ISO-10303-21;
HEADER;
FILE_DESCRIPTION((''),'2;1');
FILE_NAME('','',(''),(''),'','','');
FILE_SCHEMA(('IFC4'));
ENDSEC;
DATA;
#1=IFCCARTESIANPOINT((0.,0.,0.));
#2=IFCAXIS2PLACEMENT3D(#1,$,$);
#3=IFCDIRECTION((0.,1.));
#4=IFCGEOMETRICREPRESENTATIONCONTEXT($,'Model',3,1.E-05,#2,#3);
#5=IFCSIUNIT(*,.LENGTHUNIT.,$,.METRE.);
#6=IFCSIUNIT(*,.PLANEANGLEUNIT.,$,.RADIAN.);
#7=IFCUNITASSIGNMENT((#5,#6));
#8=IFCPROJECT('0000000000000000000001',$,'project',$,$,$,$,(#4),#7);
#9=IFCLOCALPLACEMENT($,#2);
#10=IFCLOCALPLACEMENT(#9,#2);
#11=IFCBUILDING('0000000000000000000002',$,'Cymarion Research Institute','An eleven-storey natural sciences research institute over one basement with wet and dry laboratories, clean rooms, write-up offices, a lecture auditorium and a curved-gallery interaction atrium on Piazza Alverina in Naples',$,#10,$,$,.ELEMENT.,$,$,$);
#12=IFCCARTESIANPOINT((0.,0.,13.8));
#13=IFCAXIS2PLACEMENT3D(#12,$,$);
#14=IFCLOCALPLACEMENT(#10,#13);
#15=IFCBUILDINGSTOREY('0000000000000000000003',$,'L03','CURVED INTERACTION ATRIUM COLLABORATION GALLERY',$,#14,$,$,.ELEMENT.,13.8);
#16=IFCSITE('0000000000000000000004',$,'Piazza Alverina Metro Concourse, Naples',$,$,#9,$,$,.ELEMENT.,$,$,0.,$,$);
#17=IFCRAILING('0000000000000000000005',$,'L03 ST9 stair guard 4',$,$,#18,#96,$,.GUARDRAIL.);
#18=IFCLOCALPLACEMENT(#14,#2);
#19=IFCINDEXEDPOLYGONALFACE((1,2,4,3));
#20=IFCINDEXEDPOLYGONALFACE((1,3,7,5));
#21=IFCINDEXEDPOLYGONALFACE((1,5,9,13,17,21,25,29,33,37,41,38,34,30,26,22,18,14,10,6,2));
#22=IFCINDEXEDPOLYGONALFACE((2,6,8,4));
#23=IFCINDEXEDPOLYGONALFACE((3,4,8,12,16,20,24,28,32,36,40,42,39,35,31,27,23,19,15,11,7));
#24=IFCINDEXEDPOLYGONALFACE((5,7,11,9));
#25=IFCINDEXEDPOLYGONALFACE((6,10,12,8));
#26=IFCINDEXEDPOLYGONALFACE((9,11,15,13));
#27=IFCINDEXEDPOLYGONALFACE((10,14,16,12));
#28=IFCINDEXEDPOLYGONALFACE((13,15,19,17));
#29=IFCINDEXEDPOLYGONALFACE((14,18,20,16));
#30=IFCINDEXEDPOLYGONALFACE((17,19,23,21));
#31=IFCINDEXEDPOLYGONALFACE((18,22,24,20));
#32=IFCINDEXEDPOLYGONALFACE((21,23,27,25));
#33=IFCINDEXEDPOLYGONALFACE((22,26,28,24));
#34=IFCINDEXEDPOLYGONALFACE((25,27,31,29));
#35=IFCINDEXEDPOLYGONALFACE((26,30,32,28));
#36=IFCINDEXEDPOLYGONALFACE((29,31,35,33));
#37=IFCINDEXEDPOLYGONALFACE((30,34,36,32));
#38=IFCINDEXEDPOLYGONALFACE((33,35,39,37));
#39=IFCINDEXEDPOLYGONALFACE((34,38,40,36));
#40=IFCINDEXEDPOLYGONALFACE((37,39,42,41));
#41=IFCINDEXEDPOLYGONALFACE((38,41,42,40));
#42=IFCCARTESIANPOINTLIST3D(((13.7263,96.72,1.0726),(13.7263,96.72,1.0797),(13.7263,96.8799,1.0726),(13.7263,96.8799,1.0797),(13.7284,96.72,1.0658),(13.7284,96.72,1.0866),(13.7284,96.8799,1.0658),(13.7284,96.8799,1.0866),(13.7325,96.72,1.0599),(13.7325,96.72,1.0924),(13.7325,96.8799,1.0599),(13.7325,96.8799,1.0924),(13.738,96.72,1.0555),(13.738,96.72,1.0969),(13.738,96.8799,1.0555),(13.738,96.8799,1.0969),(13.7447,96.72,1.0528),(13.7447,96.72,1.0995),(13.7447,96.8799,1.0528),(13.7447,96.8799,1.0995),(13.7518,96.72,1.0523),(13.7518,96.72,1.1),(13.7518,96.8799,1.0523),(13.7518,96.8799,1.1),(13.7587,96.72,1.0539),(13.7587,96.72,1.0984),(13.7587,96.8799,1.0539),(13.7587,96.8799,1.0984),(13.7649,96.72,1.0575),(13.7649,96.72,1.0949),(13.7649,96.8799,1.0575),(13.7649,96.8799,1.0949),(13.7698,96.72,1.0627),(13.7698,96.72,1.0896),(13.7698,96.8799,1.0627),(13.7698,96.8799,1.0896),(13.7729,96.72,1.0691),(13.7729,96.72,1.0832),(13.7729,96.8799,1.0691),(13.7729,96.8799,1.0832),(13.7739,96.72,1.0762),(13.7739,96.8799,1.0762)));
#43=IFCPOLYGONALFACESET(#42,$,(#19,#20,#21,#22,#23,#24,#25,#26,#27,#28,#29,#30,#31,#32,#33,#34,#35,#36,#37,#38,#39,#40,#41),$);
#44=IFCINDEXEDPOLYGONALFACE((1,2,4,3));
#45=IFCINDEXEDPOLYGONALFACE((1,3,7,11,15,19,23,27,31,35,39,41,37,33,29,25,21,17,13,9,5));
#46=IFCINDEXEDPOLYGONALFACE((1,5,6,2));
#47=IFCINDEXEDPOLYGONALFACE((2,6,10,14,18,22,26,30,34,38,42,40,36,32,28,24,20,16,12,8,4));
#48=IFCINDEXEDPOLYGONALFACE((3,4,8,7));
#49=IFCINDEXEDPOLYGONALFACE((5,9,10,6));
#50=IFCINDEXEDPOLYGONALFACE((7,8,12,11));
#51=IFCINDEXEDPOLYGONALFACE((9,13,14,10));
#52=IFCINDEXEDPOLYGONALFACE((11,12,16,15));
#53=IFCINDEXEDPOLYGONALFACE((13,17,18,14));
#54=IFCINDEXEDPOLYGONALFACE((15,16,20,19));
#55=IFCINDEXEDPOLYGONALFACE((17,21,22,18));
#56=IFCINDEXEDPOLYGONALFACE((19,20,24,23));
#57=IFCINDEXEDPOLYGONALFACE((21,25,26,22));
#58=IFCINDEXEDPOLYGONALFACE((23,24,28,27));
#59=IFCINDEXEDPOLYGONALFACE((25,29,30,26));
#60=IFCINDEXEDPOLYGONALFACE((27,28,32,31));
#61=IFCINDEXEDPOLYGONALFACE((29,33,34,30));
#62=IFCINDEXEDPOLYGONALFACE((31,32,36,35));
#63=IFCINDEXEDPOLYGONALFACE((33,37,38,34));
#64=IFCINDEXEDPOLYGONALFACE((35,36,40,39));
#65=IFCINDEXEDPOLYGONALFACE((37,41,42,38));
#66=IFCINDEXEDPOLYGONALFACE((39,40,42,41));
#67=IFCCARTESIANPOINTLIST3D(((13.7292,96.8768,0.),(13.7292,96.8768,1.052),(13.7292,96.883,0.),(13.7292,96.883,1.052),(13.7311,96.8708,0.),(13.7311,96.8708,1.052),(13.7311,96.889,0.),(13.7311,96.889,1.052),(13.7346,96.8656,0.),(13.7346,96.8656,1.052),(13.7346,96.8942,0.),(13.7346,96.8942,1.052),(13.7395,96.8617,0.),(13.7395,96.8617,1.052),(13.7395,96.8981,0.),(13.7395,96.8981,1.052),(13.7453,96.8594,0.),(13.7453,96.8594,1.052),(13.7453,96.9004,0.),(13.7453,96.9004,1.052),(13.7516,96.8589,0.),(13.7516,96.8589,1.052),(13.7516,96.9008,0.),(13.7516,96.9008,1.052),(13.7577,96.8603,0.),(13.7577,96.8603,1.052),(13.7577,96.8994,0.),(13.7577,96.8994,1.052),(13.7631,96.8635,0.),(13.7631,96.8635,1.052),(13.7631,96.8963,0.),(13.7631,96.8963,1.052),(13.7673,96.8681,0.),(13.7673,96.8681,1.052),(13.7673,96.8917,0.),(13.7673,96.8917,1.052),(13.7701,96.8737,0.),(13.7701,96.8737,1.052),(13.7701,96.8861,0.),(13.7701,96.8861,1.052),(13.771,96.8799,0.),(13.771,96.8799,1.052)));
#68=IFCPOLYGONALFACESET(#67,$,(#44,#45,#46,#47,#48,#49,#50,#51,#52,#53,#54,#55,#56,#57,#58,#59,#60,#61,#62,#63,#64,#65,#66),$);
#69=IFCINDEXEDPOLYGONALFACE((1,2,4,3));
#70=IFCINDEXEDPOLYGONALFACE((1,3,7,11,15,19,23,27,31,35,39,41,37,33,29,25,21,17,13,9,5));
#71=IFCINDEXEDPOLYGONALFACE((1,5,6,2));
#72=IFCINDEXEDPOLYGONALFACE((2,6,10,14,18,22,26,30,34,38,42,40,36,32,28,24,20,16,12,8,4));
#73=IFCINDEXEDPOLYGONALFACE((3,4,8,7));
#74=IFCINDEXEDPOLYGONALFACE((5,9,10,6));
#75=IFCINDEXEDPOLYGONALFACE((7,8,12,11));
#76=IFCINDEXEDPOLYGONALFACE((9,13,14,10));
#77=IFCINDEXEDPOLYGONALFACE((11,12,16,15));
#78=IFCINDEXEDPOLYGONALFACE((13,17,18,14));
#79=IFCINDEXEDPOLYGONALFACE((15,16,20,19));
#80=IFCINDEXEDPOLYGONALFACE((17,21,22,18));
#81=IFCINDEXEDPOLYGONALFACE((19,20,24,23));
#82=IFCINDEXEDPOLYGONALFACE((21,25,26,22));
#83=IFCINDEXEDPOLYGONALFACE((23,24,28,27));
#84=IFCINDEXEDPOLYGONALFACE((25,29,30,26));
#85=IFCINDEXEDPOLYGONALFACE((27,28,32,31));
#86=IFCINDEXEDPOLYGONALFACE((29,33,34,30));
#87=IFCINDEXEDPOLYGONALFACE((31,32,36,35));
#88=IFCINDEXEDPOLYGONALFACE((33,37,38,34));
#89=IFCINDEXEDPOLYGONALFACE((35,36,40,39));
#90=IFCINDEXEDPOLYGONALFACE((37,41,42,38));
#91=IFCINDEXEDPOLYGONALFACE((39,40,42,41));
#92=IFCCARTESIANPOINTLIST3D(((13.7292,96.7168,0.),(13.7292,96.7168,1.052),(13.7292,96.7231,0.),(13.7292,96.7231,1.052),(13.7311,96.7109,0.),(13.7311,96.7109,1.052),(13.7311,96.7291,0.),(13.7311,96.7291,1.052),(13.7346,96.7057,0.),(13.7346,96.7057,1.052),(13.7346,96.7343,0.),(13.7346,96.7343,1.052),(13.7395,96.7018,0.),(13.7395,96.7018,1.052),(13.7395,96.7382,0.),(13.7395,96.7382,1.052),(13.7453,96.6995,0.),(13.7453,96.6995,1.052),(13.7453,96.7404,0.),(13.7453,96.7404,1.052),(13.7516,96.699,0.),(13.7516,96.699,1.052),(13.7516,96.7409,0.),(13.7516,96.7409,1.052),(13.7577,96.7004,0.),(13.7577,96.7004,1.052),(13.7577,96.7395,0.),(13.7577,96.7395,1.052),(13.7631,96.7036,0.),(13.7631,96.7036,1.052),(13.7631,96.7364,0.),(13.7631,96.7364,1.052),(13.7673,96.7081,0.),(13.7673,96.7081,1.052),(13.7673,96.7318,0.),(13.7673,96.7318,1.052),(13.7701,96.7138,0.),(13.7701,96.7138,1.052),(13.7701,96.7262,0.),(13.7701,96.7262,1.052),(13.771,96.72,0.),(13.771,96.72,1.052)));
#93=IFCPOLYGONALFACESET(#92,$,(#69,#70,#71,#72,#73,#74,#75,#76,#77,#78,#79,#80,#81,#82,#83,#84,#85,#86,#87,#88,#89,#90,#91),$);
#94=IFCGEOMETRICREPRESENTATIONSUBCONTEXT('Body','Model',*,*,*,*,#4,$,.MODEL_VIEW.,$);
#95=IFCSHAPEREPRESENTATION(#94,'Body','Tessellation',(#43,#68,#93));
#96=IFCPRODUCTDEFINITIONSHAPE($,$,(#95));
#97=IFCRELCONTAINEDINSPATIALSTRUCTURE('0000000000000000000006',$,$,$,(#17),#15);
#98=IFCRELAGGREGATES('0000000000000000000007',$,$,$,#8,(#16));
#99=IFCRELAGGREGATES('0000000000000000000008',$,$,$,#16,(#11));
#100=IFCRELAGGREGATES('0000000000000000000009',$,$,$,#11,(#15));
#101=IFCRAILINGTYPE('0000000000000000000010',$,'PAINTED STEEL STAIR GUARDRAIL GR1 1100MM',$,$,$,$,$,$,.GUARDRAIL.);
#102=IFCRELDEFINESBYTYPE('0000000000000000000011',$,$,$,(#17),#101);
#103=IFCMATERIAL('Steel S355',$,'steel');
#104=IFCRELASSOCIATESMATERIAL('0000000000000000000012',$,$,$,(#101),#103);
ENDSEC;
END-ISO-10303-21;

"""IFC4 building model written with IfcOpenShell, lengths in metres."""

from ifc_helpers import new_model, si_unit, direction, frame, origin, origin_2d, place, context, subcontext, project, spatial, circle, extrude, material, type_object, element, save


model = new_model("IFC4")

# Units and contexts
model_context = context("Model", 3, precision=1e-05, world=origin(), true_north=direction((0.0, 1.0)))
body_context = subcontext(model_context, "Body", "Model", "MODEL_VIEW")
ifc_project = project(units=[si_unit("LENGTHUNIT", "METRE"), si_unit("PLANEANGLEUNIT", "RADIAN")], contexts=[model_context])

# Site, building, storey
site_placement = place(None, origin())
site = spatial("IfcSite", under=ifc_project, at=site_placement, Name="Piazza Alverina Metro Concourse, Naples", CompositionType="ELEMENT", RefElevation=0.0)
building_placement = place(site_placement, origin())
building = spatial("IfcBuilding", under=site, at=building_placement, Name="Cymarion Research Institute", Description="An eleven-storey natural sciences research institute over one basement with wet and dry laboratories, clean rooms, write-up offices, a lecture auditorium and a curved-gallery interaction atrium on Piazza Alverina in Naples", CompositionType="ELEMENT")
storey_placement = place(building_placement, frame((0.0, 0.0, 13.8)))
storey = spatial("IfcBuildingStorey", under=building, at=storey_placement, Name="L03", Description="CURVED INTERACTION ATRIUM COLLABORATION GALLERY", CompositionType="ELEMENT", Elevation=13.8)

# Shared definitions
ifc_material_1 = material(Name="Steel S355", Category="steel")

# Railing
railing_type_1 = type_object("IfcRailingType", Name="PAINTED STEEL STAIR GUARDRAIL GR1 1100MM", PredefinedType="GUARDRAIL", material=ifc_material_1)
railing_1_placement = place(storey_placement, frame((13.75, 96.8799, 0.0)))
element("IfcRailing", 1, at=railing_1_placement, inside=storey, type_object=railing_type_1, Name="L03 ST9 stair guard 4", PredefinedType="GUARDRAIL", context=body_context, shape_type="SweptSolid", body=[
    extrude(circle(Radius=0.0239, at=origin_2d()), frame((0.0, 0.0, 1.0762), z_axis=(0.0, -1.0, 0.0), x_axis=(1.0, 0.0, 0.0)), (0.0, 0.0, 1.0), 0.1599),
    extrude(circle(Radius=0.021, at=origin_2d()), origin(), (0.0, 0.0, 1.0), 1.052),
    extrude(circle(Radius=0.021, at=origin_2d()), frame((0.0, -0.1599, 0.0)), (0.0, 0.0, 1.0), 1.052),
])

save(model, "model.ifc")
